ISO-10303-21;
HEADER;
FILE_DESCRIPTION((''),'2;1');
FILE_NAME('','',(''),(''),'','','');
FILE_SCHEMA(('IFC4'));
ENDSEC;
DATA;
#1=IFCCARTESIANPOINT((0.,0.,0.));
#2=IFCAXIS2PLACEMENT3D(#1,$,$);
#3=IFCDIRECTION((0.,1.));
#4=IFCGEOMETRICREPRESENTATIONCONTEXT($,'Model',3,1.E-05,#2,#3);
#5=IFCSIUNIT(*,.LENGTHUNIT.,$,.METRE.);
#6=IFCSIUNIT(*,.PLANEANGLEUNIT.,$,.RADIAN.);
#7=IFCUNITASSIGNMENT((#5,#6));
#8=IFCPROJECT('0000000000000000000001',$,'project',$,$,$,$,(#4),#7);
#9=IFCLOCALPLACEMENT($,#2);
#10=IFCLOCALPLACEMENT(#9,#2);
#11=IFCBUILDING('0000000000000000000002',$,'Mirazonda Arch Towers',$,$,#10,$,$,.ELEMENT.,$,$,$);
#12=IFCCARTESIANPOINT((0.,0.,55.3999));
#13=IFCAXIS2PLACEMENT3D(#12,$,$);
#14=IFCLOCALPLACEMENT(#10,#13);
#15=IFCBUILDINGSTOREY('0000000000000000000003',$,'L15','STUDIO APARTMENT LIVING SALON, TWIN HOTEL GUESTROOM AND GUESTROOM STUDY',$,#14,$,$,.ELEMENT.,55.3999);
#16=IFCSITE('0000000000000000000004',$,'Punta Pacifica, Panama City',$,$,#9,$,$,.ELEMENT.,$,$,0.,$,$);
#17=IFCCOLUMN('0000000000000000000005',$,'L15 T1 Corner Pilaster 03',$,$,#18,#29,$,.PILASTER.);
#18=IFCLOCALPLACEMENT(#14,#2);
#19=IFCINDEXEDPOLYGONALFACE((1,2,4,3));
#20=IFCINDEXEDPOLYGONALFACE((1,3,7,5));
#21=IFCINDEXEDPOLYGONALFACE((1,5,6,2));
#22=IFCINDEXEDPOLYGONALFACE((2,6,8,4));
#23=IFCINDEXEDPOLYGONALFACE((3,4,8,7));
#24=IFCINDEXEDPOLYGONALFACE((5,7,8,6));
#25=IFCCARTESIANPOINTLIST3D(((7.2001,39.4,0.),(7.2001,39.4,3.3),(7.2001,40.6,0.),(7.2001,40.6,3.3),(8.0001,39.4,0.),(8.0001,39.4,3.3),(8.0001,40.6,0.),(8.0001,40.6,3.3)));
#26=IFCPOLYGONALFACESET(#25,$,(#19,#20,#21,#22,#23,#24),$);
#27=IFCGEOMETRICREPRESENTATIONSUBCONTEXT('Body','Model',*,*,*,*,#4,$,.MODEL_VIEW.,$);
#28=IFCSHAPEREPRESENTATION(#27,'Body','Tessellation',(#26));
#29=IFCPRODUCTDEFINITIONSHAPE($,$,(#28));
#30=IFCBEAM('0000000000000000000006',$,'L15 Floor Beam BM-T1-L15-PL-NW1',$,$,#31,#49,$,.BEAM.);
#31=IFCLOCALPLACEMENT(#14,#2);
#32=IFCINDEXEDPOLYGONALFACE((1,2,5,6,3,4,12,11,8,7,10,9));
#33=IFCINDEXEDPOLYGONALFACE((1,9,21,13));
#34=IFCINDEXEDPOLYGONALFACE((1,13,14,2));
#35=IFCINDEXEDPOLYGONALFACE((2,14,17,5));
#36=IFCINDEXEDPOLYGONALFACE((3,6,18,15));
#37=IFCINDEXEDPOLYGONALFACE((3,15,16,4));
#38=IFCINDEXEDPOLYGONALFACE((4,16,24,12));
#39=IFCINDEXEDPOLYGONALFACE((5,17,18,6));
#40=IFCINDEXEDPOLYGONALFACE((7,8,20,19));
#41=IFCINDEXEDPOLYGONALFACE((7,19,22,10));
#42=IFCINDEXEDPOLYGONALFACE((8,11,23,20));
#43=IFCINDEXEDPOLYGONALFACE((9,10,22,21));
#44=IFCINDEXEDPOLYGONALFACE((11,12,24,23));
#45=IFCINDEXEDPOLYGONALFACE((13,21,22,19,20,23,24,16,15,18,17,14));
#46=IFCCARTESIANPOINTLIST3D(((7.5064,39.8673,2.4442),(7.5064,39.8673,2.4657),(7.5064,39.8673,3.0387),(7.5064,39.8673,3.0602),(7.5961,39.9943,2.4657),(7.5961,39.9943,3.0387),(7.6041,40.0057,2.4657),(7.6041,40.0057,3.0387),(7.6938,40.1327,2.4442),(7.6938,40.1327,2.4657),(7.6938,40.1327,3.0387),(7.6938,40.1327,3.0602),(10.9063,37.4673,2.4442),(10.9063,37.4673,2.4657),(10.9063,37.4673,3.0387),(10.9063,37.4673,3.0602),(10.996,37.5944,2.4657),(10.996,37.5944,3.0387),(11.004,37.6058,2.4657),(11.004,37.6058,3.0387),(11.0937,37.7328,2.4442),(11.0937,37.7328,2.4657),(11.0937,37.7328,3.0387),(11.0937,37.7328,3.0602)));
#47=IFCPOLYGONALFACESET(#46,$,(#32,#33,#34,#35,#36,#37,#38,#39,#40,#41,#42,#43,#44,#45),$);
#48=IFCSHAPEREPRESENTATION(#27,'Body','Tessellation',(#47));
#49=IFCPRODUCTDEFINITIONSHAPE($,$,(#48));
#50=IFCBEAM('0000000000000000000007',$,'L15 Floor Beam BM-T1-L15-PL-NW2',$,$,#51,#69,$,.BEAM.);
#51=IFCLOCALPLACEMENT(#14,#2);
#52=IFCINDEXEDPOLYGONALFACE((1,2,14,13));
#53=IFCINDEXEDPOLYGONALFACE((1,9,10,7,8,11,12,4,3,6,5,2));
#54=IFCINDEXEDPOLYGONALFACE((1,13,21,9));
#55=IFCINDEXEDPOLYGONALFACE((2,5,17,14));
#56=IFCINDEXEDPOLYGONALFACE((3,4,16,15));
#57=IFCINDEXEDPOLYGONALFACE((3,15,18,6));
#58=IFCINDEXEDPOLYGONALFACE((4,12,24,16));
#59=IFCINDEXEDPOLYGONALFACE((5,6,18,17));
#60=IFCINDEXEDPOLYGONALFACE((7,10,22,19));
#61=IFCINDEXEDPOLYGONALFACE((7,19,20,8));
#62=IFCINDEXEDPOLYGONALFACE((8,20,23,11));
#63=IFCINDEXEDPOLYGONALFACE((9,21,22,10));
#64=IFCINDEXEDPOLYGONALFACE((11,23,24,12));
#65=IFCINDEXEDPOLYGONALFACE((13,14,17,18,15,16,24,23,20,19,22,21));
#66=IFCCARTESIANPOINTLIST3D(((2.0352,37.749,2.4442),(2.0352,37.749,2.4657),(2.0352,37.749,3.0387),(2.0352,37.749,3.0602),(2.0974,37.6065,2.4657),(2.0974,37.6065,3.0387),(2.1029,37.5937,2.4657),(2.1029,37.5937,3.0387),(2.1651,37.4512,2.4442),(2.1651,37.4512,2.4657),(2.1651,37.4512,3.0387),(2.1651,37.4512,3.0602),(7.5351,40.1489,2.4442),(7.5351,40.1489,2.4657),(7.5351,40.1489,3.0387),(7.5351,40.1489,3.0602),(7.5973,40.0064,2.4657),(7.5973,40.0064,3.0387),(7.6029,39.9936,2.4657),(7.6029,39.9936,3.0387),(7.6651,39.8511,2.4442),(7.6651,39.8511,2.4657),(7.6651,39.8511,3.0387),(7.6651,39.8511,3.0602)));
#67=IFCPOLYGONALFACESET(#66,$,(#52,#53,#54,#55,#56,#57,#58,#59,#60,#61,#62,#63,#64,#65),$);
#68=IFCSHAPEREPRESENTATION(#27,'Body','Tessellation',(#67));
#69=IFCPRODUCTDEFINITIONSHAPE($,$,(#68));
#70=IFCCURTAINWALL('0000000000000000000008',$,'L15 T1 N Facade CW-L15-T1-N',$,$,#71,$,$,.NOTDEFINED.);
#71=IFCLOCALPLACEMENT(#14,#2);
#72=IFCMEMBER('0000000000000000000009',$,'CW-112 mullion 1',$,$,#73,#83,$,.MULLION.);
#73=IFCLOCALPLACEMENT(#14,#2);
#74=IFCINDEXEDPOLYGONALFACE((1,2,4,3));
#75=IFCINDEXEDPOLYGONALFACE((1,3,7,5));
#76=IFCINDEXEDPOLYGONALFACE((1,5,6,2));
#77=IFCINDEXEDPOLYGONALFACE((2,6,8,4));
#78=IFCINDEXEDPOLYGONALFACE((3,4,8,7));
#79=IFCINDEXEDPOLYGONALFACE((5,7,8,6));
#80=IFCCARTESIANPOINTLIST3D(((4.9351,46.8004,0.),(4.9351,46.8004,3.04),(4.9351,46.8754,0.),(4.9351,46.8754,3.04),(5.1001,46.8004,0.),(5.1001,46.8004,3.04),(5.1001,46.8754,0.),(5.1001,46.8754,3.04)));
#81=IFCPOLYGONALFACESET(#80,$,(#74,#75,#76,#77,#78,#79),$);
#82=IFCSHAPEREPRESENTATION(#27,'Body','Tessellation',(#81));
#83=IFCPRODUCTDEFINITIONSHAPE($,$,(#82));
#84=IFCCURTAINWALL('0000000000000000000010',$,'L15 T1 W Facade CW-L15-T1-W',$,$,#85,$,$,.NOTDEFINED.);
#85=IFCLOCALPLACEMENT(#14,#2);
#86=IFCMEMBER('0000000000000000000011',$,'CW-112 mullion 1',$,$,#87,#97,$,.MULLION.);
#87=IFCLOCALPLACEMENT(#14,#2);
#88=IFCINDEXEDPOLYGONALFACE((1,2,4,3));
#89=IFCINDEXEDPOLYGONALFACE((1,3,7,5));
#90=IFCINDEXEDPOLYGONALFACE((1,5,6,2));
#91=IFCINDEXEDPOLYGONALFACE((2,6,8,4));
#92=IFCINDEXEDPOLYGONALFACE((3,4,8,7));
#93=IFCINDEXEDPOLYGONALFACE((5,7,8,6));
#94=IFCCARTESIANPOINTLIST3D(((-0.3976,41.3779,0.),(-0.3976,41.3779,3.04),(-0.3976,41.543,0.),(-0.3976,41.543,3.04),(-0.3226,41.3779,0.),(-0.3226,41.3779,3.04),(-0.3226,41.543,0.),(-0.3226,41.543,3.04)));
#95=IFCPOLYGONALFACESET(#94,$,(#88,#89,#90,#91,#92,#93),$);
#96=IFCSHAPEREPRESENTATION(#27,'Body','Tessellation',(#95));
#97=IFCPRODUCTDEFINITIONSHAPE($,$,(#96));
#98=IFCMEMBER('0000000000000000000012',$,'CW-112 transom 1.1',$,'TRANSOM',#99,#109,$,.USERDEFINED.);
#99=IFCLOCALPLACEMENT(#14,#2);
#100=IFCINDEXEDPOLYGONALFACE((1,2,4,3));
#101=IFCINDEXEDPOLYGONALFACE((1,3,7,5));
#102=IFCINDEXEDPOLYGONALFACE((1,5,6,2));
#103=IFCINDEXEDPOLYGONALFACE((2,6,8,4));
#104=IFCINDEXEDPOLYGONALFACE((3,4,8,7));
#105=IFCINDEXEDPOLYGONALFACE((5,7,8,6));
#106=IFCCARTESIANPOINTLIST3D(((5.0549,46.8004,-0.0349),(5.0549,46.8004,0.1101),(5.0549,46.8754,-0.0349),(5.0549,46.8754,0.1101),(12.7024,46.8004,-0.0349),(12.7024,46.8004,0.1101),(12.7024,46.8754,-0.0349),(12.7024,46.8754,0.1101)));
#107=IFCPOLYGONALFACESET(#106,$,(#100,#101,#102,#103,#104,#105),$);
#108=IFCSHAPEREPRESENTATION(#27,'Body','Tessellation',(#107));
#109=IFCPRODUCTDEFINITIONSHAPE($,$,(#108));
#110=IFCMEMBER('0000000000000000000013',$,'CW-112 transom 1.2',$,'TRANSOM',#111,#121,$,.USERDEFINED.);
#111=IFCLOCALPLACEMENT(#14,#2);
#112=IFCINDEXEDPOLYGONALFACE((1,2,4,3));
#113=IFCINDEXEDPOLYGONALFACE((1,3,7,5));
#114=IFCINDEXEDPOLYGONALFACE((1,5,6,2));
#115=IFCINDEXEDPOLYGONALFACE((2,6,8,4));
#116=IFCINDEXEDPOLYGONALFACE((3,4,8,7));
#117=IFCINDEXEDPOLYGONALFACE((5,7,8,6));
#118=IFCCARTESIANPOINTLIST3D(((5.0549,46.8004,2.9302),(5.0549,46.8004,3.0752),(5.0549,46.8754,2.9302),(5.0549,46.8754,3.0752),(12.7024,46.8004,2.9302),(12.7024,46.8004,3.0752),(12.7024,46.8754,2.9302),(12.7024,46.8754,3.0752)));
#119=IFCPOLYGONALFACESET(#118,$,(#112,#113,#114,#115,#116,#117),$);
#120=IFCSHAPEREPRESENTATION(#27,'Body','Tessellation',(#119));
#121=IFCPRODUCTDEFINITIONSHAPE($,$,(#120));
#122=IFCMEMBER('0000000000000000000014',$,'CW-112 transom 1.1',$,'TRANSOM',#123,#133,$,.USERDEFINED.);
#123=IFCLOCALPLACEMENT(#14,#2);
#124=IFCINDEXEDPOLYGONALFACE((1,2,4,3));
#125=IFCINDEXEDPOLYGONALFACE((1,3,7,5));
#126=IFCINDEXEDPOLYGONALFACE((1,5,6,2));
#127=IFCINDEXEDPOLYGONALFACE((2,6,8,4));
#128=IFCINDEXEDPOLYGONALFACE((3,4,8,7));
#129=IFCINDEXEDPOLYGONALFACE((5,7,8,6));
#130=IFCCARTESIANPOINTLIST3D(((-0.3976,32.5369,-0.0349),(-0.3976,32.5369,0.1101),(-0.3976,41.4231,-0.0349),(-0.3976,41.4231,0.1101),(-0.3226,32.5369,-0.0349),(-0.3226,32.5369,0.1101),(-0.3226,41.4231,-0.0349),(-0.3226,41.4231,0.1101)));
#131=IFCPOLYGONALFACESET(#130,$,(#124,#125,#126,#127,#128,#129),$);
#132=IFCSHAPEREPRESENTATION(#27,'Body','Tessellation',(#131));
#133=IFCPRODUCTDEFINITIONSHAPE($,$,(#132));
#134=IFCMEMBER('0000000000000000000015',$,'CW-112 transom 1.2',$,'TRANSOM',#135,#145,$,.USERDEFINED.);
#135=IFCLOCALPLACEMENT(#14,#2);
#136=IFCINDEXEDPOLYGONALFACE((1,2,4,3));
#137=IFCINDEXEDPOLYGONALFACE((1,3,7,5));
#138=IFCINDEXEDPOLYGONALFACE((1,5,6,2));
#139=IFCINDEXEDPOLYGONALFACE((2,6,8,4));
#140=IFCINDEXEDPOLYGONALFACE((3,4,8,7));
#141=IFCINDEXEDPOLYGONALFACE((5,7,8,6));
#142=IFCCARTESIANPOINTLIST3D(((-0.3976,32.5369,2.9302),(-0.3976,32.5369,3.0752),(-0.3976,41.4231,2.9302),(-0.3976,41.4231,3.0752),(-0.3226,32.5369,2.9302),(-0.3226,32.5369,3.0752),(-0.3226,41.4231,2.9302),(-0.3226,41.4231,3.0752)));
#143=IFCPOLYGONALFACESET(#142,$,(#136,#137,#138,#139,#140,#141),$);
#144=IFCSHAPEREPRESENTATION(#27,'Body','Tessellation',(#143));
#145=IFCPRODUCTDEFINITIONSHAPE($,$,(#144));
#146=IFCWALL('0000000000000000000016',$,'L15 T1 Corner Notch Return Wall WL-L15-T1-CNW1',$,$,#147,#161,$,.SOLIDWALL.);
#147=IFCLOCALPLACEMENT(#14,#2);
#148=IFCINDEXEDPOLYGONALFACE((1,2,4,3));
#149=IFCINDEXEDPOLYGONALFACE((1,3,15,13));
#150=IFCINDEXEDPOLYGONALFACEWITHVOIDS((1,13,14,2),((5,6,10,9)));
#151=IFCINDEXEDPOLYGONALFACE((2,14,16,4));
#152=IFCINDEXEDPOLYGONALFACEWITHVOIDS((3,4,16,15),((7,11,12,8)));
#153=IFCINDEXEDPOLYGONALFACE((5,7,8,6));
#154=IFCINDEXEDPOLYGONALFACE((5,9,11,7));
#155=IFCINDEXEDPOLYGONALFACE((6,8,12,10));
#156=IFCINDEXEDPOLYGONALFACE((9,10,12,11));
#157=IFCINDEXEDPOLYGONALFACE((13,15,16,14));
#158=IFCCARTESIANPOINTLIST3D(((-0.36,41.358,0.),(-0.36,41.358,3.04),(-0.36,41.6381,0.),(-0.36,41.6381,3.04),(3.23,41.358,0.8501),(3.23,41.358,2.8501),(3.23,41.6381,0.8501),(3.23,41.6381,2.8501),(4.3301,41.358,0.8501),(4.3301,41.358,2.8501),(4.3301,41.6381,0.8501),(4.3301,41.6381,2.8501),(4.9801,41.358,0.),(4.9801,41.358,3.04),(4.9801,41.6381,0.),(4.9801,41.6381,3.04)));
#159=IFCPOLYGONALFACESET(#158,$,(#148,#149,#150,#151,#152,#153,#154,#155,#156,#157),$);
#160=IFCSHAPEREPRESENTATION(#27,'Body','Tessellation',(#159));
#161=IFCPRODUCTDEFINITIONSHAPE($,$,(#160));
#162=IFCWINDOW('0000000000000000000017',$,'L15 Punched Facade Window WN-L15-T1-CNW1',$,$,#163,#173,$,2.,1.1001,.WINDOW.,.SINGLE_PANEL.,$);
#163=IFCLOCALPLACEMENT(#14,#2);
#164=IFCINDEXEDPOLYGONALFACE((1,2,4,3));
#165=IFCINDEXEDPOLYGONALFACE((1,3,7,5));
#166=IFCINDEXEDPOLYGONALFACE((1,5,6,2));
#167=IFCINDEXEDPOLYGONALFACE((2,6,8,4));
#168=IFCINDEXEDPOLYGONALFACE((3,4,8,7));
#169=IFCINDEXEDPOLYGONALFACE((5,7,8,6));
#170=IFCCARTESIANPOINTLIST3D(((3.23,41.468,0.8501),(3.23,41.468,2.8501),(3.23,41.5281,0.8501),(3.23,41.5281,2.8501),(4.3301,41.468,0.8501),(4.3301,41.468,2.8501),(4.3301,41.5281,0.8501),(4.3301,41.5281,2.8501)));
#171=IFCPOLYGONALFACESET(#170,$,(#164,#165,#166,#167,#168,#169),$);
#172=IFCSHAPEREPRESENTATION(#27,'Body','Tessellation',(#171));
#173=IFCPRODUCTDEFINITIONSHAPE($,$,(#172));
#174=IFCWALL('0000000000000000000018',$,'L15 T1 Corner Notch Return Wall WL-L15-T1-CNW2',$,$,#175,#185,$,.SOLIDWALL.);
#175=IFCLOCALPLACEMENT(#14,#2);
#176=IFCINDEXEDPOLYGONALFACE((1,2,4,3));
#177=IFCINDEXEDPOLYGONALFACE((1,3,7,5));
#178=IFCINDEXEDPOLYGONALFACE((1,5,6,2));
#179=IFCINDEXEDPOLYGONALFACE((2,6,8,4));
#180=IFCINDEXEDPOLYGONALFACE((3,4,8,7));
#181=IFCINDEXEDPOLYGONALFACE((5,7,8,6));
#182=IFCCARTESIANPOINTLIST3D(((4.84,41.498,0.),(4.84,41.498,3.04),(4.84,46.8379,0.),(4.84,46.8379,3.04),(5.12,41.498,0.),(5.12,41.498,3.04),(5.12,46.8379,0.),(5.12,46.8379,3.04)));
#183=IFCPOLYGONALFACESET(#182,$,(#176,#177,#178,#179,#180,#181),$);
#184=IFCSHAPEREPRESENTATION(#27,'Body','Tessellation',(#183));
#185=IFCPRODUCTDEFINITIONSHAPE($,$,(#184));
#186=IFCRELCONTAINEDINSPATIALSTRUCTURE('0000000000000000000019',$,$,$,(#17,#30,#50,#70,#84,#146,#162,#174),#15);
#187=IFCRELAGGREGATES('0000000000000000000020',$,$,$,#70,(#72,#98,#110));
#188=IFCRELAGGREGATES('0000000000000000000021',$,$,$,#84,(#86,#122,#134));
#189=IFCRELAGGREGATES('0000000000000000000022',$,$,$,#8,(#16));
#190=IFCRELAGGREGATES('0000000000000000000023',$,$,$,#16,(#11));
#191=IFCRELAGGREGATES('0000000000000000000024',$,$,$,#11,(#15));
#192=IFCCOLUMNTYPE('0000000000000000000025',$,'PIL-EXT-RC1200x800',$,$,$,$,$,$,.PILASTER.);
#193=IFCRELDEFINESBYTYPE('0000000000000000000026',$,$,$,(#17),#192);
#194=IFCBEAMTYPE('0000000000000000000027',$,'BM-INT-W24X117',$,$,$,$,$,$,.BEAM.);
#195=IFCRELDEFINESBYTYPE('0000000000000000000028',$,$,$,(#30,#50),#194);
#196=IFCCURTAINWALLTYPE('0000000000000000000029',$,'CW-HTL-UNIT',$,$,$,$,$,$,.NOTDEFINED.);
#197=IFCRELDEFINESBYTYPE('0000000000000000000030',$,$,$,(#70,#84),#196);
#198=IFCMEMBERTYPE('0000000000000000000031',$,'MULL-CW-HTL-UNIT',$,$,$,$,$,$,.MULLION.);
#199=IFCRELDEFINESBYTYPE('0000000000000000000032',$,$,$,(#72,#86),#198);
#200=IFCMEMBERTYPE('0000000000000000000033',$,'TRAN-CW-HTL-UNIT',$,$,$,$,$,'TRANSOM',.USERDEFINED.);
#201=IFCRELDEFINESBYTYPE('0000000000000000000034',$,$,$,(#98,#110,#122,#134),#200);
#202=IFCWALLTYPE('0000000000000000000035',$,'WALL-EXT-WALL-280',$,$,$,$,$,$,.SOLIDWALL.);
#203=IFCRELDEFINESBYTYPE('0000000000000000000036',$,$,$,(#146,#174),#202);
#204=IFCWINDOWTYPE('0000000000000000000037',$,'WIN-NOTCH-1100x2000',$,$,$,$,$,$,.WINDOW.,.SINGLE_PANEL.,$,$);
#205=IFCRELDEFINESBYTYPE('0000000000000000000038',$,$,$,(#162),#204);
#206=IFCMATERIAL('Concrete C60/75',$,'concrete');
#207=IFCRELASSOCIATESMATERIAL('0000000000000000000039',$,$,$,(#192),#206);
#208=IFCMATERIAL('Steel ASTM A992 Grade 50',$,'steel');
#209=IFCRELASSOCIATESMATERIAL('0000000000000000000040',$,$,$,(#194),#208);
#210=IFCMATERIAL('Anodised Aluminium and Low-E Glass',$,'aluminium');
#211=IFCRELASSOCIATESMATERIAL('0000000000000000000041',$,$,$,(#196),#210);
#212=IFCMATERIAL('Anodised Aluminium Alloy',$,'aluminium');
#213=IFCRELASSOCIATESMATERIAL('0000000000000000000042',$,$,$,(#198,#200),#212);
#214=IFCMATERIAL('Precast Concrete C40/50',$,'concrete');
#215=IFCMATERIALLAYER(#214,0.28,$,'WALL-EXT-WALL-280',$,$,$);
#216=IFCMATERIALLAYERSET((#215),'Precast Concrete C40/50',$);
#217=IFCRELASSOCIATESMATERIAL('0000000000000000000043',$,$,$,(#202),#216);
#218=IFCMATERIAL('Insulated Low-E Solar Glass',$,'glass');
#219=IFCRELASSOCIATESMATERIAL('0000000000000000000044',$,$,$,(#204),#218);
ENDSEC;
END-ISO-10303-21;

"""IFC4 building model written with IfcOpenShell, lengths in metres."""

from ifc_helpers import new_model, si_unit, direction, frame, frame_2d, origin, origin_2d, place, context, subcontext, project, spatial, rectangle, i_section, extrude, material, layer, layer_set, material_profile, profile_set, type_object, element, fill, aggregate, save


model = new_model("IFC4")

# Units and contexts
model_context = context("Model", 3, precision=1e-05, world=origin(), true_north=direction((0.0, 1.0)))
body_context = subcontext(model_context, "Body", "Model", "MODEL_VIEW")
ifc_project = project(units=[si_unit("LENGTHUNIT", "METRE"), si_unit("PLANEANGLEUNIT", "RADIAN")], contexts=[model_context])

# Site, building, storey
site_placement = place(None, origin())
site = spatial("IfcSite", under=ifc_project, at=site_placement, Name="Punta Pacifica, Panama City", CompositionType="ELEMENT", RefElevation=0.0)
building_placement = place(site_placement, origin())
building = spatial("IfcBuilding", under=site, at=building_placement, Name="Mirazonda Arch Towers", CompositionType="ELEMENT")
storey_placement = place(building_placement, frame((0.0, 0.0, 55.3999)))
storey = spatial("IfcBuildingStorey", under=building, at=storey_placement, Name="L15", Description="STUDIO APARTMENT LIVING SALON, TWIN HOTEL GUESTROOM AND GUESTROOM STUDY", CompositionType="ELEMENT", Elevation=55.3999)

# Column
ifc_material_1 = material(Name="Concrete C60/75", Category="concrete")
ifc_material_profile_1 = material_profile(ifc_material_1, rectangle(XDim=0.8, YDim=1.2, at=origin_2d()), Name="RC1200x800")
ifc_profile_set_1 = profile_set([ifc_material_profile_1], Name="Concrete C60/75")
column_type = type_object("IfcColumnType", Name="PIL-EXT-RC1200x800", PredefinedType="PILASTER", material=ifc_profile_set_1)
column_placement = place(storey_placement, frame((7.6001, 40.0, 0.0), z_axis=(0.0, 0.0, 1.0), x_axis=(1.0, 0.0, 0.0)))
element("IfcColumn", 1, at=column_placement, inside=storey, type_object=column_type, Name="L15 T1 Corner Pilaster 03", PredefinedType="PILASTER", context=body_context, shape_type="SweptSolid", body=[
    extrude(rectangle(XDim=0.8, YDim=1.2, at=origin_2d()), origin(), (0.0, 0.0, 1.0), 3.3),
])

# Beams
ifc_material_2 = material(Name="Steel ASTM A992 Grade 50", Category="steel")
ifc_material_profile_2 = material_profile(ifc_material_2, i_section(OverallWidth=0.325, OverallDepth=0.616, WebThickness=0.0139, FlangeThickness=0.0215, at=origin_2d()), Name="W24X117")
ifc_profile_set_2 = profile_set([ifc_material_profile_2], Name="Steel ASTM A992 Grade 50")
beam_type = type_object("IfcBeamType", Name="BM-INT-W24X117", PredefinedType="BEAM", material=ifc_profile_set_2)
beam_1_placement = place(storey_placement, frame((7.6001, 40.0, 2.7522), z_axis=(0.816971, -0.576679, 0.0), x_axis=(0.576679, 0.816971, 0.0)))
element("IfcBeam", 2, at=beam_1_placement, inside=storey, type_object=beam_type, Name="L15 Floor Beam BM-T1-L15-PL-NW1", PredefinedType="BEAM", context=body_context, shape_type="SweptSolid", body=[
    extrude(i_section(OverallWidth=0.325, OverallDepth=0.616, WebThickness=0.0139, FlangeThickness=0.0215, at=origin_2d()), origin(), (0.0, 0.0, 1.0), 4.1616),
])
beam_2_placement = place(storey_placement, frame((7.6001, 40.0, 2.7522), z_axis=(-0.916545, -0.399931, 0.0), x_axis=(0.399931, -0.916545, 0.0)))
element("IfcBeam", 3, at=beam_2_placement, inside=storey, type_object=beam_type, Name="L15 Floor Beam BM-T1-L15-PL-NW2", PredefinedType="BEAM", context=body_context, shape_type="SweptSolid", body=[
    extrude(i_section(OverallWidth=0.325, OverallDepth=0.616, WebThickness=0.0139, FlangeThickness=0.0215, at=origin_2d()), origin(), (0.0, 0.0, 1.0), 6.0007),
])

# Curtain walls, members
ifc_material_3 = material(Name="Anodised Aluminium and Low-E Glass", Category="aluminium")
curtain_wall_type = type_object("IfcCurtainWallType", Name="CW-HTL-UNIT", PredefinedType="NOTDEFINED", material=ifc_material_3)
curtain_wall_1_placement = place(storey_placement, origin())
curtain_wall_1 = element("IfcCurtainWall", 4, at=curtain_wall_1_placement, inside=storey, type_object=curtain_wall_type, Name="L15 T1 N Facade CW-L15-T1-N", PredefinedType="NOTDEFINED")
ifc_material_4 = material(Name="Anodised Aluminium Alloy", Category="aluminium")
ifc_material_profile_3 = material_profile(ifc_material_4, rectangle(XDim=0.075, YDim=0.165, at=origin_2d()), Name="ALU-MULL-75x165")
ifc_profile_set_3 = profile_set([ifc_material_profile_3], Name="Anodised Aluminium Alloy")
member_type_1 = type_object("IfcMemberType", Name="MULL-CW-HTL-UNIT", PredefinedType="MULLION", material=ifc_profile_set_3)
member_1_placement = place(storey_placement, frame((5.0176, 46.8379, 0.0), z_axis=(0.0, 0.0, 1.0), x_axis=(0.0, 1.0, 0.0)))
member_1 = element("IfcMember", 5, at=member_1_placement, type_object=member_type_1, Name="CW-112 mullion 1", PredefinedType="MULLION", context=body_context, shape_type="SweptSolid", body=[
    extrude(rectangle(XDim=0.075, YDim=0.165, at=origin_2d()), origin(), (0.0, 0.0, 1.0), 3.04),
])
curtain_wall_2_placement = place(storey_placement, origin())
curtain_wall_2 = element("IfcCurtainWall", 6, at=curtain_wall_2_placement, inside=storey, type_object=curtain_wall_type, Name="L15 T1 W Facade CW-L15-T1-W", PredefinedType="NOTDEFINED")
member_2_placement = place(storey_placement, frame((-0.3601, 41.4604, 0.0), z_axis=(0.0, 0.0, 1.0), x_axis=(1.0, 0.0, 0.0)))
member_2 = element("IfcMember", 7, at=member_2_placement, type_object=member_type_1, Name="CW-112 mullion 1", PredefinedType="MULLION", context=body_context, shape_type="SweptSolid", body=[
    extrude(rectangle(XDim=0.075, YDim=0.165, at=origin_2d()), origin(), (0.0, 0.0, 1.0), 3.04),
])

# Members
ifc_material_profile_4 = material_profile(ifc_material_4, rectangle(XDim=0.075, YDim=0.145, at=origin_2d()), Name="ALU-TRAN-75x145")
ifc_profile_set_4 = profile_set([ifc_material_profile_4], Name="Anodised Aluminium Alloy")
member_type_2 = type_object("IfcMemberType", Name="TRAN-CW-HTL-UNIT", ElementType="TRANSOM", PredefinedType="USERDEFINED", material=ifc_profile_set_4)
member_3_placement = place(storey_placement, frame((5.0549, 46.8379, 0.0376), z_axis=(1.0, 0.0, 0.0), x_axis=(0.0, 1.0, 0.0)))
member_3 = element("IfcMember", 8, at=member_3_placement, type_object=member_type_2, Name="CW-112 transom 1.1", ObjectType="TRANSOM", PredefinedType="USERDEFINED", context=body_context, shape_type="SweptSolid", body=[
    extrude(rectangle(XDim=0.075, YDim=0.145, at=origin_2d()), origin(), (0.0, 0.0, 1.0), 7.6475),
])
member_4_placement = place(storey_placement, frame((5.0549, 46.8379, 3.0027), z_axis=(1.0, 0.0, 0.0), x_axis=(0.0, 1.0, 0.0)))
member_4 = element("IfcMember", 9, at=member_4_placement, type_object=member_type_2, Name="CW-112 transom 1.2", ObjectType="TRANSOM", PredefinedType="USERDEFINED", context=body_context, shape_type="SweptSolid", body=[
    extrude(rectangle(XDim=0.075, YDim=0.145, at=origin_2d()), origin(), (0.0, 0.0, 1.0), 7.6475),
])
aggregate(curtain_wall_1, [member_1, member_3, member_4])
member_5_placement = place(storey_placement, frame((-0.3601, 41.4231, 0.0376), z_axis=(0.0, -1.0, 0.0), x_axis=(1.0, 0.0, 0.0)))
member_5 = element("IfcMember", 10, at=member_5_placement, type_object=member_type_2, Name="CW-112 transom 1.1", ObjectType="TRANSOM", PredefinedType="USERDEFINED", context=body_context, shape_type="SweptSolid", body=[
    extrude(rectangle(XDim=0.075, YDim=0.145, at=origin_2d()), origin(), (0.0, 0.0, 1.0), 8.8862),
])
member_6_placement = place(storey_placement, frame((-0.3601, 41.4231, 3.0027), z_axis=(0.0, -1.0, 0.0), x_axis=(1.0, 0.0, 0.0)))
member_6 = element("IfcMember", 11, at=member_6_placement, type_object=member_type_2, Name="CW-112 transom 1.2", ObjectType="TRANSOM", PredefinedType="USERDEFINED", context=body_context, shape_type="SweptSolid", body=[
    extrude(rectangle(XDim=0.075, YDim=0.145, at=origin_2d()), origin(), (0.0, 0.0, 1.0), 8.8862),
])
aggregate(curtain_wall_2, [member_2, member_5, member_6])

# Wall, opening, window
ifc_material_5 = material(Name="Precast Concrete C40/50", Category="concrete")
ifc_layer_1 = layer(ifc_material_5, 0.28, Name="WALL-EXT-WALL-280")
ifc_layer_set_1 = layer_set([ifc_layer_1], Name="Precast Concrete C40/50")
wall_type_1 = type_object("IfcWallType", Name="WALL-EXT-WALL-280", PredefinedType="SOLIDWALL", material=ifc_layer_set_1)
wall_1_placement = place(storey_placement, frame((4.98, 41.498, 0.0), z_axis=(0.0, 0.0, 1.0), x_axis=(-1.0, 0.0, 0.0)))
wall_1 = element("IfcWall", 12, at=wall_1_placement, inside=storey, type_object=wall_type_1, Name="L15 T1 Corner Notch Return Wall WL-L15-T1-CNW1", PredefinedType="SOLIDWALL", context=body_context, shape_type="SweptSolid", body=[
    extrude(rectangle(XDim=5.3401, YDim=0.28, at=frame_2d((2.6699, 0.0))), origin(), (0.0, 0.0, 1.0), 3.04),
])
opening_1_placement = place(wall_1_placement, frame((0.6499, 0.0, 0.8501)))
opening_1 = element("IfcOpeningElement", 13, at=opening_1_placement, cuts=wall_1, PredefinedType="OPENING", context=body_context, shape_type="SweptSolid", body=[
    extrude(rectangle(XDim=1.1001, YDim=2.0, at=frame_2d((0.55, 1.0))), frame((0.0, 0.1499, 0.0), z_axis=(0.0, -1.0, 0.0), x_axis=(1.0, 0.0, 0.0)), (0.0, 0.0, 1.0), 0.3),
])
ifc_material_6 = material(Name="Insulated Low-E Solar Glass", Category="glass")
window_type = type_object("IfcWindowType", Name="WIN-NOTCH-1100x2000", PartitioningType="SINGLE_PANEL", PredefinedType="WINDOW", material=ifc_material_6)
window_placement = place(opening_1_placement, origin())
window = element("IfcWindow", 14, at=window_placement, inside=storey, type_object=window_type, Name="L15 Punched Facade Window WN-L15-T1-CNW1", OverallHeight=2.0, OverallWidth=1.1001, PartitioningType="SINGLE_PANEL", PredefinedType="WINDOW", context=body_context, shape_type="SweptSolid", body=[
    extrude(rectangle(XDim=1.1001, YDim=2.0, at=frame_2d((0.55, 1.0))), frame((0.0, 0.03, 0.0), z_axis=(0.0, -1.0, 0.0), x_axis=(1.0, 0.0, 0.0)), (0.0, 0.0, 1.0), 0.0601),
])
fill(opening_1, window)

# Wall
wall_2_placement = place(storey_placement, frame((4.98, 46.8379, 0.0), z_axis=(0.0, 0.0, 1.0), x_axis=(0.0, -1.0, 0.0)))
element("IfcWall", 15, at=wall_2_placement, inside=storey, type_object=wall_type_1, Name="L15 T1 Corner Notch Return Wall WL-L15-T1-CNW2", PredefinedType="SOLIDWALL", context=body_context, shape_type="SweptSolid", body=[
    extrude(rectangle(XDim=5.3398, YDim=0.28, at=frame_2d((2.6699, 0.0))), origin(), (0.0, 0.0, 1.0), 3.04),
])

save(model, "model.ifc")
